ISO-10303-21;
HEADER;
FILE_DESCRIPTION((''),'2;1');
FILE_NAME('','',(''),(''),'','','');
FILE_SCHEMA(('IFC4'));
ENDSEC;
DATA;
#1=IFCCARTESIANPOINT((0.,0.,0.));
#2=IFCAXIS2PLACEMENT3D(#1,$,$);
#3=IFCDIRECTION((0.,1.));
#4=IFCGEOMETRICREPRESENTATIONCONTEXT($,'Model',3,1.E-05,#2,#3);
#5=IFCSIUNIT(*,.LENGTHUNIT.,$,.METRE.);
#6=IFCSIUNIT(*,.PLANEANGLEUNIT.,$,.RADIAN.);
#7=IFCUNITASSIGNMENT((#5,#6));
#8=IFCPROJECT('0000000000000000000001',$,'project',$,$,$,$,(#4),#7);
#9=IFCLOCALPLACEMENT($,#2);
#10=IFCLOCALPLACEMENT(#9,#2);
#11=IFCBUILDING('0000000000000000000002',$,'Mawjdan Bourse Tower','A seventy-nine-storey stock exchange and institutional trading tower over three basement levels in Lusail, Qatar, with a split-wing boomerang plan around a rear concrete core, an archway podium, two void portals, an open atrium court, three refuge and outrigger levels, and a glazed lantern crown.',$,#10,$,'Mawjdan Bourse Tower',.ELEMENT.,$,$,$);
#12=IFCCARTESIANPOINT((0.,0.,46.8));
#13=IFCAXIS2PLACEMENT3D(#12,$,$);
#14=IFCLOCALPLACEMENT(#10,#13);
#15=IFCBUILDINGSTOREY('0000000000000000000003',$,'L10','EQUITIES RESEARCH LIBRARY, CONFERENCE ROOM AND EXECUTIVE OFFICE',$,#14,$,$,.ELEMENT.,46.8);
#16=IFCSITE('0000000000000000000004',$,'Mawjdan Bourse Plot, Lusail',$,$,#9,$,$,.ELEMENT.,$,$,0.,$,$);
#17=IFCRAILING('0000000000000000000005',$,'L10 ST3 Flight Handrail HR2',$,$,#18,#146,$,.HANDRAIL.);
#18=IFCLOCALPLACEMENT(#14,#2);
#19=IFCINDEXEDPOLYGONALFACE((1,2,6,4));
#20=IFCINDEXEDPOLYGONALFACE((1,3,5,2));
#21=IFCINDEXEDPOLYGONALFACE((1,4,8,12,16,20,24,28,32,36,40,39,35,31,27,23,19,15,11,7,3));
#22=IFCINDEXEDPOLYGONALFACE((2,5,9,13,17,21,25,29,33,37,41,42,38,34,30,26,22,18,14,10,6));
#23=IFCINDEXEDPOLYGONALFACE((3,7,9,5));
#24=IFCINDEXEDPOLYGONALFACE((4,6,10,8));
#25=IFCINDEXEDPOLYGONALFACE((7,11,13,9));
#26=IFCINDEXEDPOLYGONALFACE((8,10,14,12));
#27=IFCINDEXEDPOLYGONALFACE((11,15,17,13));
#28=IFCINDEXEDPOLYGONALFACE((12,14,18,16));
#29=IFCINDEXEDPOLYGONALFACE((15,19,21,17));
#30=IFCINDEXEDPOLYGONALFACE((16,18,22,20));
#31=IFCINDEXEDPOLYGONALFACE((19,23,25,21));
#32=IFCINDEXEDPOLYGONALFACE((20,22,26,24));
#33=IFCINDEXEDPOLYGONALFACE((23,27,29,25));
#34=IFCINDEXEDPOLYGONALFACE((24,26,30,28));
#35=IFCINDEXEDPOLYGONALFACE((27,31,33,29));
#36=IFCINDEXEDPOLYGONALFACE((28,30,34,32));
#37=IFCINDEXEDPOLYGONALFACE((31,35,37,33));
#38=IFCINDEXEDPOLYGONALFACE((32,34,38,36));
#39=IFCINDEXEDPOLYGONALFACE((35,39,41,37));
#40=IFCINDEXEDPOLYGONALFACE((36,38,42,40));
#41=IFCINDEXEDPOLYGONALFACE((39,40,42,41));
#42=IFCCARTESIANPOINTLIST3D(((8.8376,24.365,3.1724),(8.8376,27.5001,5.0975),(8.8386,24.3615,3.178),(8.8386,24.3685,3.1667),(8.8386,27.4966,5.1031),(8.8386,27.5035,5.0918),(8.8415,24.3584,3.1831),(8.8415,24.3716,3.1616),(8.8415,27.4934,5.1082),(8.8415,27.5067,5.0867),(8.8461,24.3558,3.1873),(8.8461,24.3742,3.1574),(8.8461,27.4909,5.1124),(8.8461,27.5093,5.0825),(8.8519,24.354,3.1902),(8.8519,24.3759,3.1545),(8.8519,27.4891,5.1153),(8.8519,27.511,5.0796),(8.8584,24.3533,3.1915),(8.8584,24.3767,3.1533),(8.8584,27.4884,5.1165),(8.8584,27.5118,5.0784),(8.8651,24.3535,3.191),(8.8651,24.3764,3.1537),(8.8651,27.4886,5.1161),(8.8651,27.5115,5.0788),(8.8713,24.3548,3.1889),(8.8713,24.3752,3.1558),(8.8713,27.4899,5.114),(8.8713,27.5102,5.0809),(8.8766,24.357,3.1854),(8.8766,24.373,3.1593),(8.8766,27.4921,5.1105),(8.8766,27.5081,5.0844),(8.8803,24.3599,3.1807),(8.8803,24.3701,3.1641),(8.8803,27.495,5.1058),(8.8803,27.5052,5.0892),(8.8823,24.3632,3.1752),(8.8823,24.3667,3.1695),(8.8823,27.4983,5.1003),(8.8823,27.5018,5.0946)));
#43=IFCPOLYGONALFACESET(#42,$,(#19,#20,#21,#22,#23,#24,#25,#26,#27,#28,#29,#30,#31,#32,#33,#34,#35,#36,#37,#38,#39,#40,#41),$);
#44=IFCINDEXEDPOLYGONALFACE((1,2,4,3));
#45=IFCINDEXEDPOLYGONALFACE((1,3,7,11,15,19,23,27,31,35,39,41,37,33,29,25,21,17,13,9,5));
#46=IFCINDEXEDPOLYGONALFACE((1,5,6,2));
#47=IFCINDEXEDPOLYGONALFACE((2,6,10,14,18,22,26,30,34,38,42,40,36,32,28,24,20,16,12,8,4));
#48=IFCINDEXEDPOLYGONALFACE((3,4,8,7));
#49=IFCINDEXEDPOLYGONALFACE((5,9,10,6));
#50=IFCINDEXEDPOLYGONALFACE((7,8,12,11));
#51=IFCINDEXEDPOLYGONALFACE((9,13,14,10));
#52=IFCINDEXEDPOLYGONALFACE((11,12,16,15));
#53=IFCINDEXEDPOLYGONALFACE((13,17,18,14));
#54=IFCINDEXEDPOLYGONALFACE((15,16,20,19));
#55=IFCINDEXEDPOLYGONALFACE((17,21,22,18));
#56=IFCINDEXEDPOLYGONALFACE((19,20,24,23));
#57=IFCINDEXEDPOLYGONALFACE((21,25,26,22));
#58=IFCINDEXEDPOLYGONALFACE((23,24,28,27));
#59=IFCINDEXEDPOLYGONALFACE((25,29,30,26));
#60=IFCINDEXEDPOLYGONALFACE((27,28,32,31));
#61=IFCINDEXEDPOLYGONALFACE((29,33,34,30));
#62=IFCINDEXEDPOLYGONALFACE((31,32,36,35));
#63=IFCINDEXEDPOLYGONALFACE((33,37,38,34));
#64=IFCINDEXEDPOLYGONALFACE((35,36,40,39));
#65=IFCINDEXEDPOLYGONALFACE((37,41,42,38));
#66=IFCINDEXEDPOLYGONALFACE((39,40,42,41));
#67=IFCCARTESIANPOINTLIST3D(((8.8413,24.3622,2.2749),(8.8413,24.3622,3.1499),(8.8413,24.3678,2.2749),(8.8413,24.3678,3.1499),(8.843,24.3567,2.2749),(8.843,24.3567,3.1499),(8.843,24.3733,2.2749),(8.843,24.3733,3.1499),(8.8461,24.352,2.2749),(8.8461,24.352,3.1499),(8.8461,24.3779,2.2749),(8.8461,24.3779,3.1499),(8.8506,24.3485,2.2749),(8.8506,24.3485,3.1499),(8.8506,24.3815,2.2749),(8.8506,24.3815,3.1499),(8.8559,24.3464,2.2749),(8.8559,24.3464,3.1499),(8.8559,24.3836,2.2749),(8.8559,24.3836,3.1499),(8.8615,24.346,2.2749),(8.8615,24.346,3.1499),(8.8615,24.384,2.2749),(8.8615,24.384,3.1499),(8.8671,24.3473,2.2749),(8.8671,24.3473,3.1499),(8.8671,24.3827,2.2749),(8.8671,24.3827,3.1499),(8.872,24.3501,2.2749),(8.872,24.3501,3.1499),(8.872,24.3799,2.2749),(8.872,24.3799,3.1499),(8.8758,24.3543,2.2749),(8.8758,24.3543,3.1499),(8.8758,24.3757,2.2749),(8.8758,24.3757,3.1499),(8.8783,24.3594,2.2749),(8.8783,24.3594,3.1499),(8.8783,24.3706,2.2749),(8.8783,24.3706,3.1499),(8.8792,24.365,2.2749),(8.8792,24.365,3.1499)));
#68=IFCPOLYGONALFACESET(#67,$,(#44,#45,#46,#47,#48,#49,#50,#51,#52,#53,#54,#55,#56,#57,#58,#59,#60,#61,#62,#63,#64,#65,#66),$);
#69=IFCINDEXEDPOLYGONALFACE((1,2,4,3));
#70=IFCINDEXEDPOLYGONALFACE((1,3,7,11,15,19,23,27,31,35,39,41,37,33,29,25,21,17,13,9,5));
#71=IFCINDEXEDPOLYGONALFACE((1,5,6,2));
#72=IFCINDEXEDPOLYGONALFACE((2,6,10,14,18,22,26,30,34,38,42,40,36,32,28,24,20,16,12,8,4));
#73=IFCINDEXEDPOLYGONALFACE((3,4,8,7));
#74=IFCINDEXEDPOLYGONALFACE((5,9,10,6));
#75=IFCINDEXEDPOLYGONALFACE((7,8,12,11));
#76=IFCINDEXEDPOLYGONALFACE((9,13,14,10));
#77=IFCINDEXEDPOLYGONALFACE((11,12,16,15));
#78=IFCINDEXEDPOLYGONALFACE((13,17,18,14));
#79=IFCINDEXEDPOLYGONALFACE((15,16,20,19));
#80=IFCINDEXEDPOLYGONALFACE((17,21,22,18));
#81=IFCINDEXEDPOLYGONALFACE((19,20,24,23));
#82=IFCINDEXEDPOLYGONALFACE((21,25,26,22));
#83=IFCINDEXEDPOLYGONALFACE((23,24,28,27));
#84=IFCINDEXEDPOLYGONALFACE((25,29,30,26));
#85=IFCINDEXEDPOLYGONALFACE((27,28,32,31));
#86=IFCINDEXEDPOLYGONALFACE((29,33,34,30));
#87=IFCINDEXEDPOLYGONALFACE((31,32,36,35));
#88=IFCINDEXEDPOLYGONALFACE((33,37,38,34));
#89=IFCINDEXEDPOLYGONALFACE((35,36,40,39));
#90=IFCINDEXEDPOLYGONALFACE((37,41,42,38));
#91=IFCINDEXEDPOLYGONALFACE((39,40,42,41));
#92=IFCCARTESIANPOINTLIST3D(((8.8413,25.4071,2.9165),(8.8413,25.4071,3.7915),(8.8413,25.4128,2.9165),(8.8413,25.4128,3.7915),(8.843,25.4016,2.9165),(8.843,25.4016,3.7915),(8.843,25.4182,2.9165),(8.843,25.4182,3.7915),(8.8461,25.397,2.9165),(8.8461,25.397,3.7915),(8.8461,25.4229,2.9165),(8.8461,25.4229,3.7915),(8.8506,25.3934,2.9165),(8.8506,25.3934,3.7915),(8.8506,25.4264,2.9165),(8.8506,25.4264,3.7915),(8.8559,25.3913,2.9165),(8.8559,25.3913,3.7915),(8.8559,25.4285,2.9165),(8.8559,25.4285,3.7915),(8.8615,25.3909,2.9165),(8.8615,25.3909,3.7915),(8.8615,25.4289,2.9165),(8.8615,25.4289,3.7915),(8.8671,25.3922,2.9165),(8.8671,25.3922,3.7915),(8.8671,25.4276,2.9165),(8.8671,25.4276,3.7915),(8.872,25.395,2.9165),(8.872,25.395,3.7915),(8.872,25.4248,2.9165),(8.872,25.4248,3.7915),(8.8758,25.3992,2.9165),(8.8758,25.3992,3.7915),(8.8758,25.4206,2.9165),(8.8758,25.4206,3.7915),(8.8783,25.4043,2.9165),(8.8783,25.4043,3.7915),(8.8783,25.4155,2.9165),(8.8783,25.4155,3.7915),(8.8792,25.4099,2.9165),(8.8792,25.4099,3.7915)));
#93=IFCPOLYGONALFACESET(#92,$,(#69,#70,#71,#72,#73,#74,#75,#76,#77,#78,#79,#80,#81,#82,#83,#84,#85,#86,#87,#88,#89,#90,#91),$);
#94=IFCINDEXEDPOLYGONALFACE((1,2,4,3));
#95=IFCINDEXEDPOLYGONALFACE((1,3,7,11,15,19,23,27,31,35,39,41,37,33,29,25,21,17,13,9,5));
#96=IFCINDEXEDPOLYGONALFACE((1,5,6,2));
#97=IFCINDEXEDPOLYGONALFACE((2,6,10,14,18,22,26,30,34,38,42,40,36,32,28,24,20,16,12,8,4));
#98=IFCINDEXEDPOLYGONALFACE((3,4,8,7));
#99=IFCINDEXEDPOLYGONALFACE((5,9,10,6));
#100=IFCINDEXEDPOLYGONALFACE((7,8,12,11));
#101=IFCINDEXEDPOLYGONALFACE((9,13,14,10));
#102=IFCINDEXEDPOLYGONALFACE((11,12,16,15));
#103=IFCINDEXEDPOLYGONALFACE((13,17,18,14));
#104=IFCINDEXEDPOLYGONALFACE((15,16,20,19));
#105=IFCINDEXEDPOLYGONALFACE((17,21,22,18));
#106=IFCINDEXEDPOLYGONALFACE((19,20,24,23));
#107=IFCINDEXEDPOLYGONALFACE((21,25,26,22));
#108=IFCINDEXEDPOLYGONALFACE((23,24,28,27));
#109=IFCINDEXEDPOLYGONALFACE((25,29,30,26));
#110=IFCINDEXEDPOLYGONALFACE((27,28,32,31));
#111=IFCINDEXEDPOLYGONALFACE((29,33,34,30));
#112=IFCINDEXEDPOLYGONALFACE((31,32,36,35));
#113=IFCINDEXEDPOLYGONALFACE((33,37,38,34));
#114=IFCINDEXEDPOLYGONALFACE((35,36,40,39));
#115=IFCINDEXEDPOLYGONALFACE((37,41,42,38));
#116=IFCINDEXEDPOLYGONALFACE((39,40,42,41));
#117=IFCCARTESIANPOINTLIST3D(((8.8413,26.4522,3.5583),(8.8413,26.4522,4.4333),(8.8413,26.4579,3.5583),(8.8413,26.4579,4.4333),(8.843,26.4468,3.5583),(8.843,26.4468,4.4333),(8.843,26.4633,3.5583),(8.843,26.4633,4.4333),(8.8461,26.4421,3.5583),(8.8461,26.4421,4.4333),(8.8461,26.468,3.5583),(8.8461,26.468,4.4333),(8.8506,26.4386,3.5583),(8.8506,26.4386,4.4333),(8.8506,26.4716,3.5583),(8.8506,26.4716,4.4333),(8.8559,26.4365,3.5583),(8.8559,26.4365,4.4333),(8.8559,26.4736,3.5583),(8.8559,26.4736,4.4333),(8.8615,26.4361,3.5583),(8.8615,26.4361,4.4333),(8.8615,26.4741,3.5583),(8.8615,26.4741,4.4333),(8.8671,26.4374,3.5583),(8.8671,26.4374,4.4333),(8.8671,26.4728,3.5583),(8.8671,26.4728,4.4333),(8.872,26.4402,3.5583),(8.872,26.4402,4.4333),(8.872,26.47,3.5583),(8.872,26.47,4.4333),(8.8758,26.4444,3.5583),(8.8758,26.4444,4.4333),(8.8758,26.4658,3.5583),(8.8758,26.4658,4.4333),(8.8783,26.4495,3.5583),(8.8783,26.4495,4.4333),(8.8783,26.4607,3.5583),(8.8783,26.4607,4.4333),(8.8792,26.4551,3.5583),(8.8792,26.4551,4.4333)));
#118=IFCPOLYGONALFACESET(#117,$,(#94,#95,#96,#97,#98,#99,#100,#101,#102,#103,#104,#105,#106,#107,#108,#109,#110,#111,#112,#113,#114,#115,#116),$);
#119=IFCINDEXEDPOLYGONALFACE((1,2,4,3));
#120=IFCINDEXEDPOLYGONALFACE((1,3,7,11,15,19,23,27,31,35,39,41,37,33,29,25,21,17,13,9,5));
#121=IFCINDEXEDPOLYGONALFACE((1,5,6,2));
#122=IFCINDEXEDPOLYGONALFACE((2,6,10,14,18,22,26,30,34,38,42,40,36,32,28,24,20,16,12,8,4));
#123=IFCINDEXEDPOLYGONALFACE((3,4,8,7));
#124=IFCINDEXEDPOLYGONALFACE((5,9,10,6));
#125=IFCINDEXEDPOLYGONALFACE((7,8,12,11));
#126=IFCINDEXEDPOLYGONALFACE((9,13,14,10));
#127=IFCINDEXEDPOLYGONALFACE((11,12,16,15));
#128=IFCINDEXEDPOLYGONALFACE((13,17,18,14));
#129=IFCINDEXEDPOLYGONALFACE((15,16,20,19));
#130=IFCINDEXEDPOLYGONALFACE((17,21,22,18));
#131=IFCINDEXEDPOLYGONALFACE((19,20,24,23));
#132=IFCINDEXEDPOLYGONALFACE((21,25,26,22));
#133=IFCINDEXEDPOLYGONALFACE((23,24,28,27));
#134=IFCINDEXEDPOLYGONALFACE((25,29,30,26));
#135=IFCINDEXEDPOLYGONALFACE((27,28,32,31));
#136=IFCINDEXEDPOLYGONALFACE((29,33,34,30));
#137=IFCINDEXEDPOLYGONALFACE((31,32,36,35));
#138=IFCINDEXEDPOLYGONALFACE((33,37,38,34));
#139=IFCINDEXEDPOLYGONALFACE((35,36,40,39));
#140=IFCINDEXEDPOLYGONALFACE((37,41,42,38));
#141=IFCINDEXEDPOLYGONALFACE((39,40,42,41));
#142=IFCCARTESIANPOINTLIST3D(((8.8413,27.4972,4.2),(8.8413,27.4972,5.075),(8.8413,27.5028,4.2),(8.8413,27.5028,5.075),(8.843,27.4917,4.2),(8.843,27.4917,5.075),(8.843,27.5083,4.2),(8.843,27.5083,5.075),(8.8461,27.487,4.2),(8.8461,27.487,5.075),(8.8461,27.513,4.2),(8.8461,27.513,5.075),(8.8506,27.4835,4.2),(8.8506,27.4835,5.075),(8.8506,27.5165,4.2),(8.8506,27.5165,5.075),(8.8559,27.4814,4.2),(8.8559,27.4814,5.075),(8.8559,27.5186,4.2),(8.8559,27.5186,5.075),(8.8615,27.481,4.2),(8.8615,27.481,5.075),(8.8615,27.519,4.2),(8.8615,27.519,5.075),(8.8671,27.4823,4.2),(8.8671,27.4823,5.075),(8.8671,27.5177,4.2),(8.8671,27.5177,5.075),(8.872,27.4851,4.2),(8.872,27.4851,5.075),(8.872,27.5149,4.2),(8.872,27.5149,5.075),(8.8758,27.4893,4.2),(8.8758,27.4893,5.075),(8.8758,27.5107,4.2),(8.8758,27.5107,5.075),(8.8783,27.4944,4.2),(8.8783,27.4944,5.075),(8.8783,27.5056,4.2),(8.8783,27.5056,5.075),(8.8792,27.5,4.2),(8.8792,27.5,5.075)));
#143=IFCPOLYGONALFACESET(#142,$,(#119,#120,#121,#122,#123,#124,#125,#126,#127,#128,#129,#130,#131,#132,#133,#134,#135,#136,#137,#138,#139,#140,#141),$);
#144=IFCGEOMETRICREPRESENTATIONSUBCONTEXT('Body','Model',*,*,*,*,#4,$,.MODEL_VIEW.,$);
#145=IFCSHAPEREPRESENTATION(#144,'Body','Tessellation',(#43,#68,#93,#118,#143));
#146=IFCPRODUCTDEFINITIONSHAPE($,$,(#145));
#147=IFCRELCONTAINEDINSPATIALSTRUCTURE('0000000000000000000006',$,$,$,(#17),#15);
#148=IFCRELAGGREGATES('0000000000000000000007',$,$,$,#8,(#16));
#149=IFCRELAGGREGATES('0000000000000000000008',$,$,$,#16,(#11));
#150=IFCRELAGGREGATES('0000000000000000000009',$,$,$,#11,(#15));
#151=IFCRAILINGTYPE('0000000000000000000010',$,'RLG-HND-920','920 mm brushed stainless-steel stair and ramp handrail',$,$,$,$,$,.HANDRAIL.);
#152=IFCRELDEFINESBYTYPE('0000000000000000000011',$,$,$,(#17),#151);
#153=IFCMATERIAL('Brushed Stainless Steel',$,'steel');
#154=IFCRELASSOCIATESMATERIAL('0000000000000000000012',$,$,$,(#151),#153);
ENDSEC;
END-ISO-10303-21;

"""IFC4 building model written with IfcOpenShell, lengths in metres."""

from ifc_helpers import new_model, si_unit, direction, frame, origin, origin_2d, place, context, subcontext, project, spatial, circle, extrude, material, type_object, element, save


model = new_model("IFC4")

# Units and contexts
model_context = context("Model", 3, precision=1e-05, world=origin(), true_north=direction((0.0, 1.0)))
body_context = subcontext(model_context, "Body", "Model", "MODEL_VIEW")
ifc_project = project(units=[si_unit("LENGTHUNIT", "METRE"), si_unit("PLANEANGLEUNIT", "RADIAN")], contexts=[model_context])

# Site, building, storey
site_placement = place(None, origin())
site = spatial("IfcSite", under=ifc_project, at=site_placement, Name="Mawjdan Bourse Plot, Lusail", CompositionType="ELEMENT", RefElevation=0.0)
building_placement = place(site_placement, origin())
building = spatial("IfcBuilding", under=site, at=building_placement, Name="Mawjdan Bourse Tower", Description="A seventy-nine-storey stock exchange and institutional trading tower over three basement levels in Lusail, Qatar, with a split-wing boomerang plan around a rear concrete core, an archway podium, two void portals, an open atrium court, three refuge and outrigger levels, and a glazed lantern crown.", LongName="Mawjdan Bourse Tower", CompositionType="ELEMENT")
storey_placement = place(building_placement, frame((0.0, 0.0, 46.8)))
storey = spatial("IfcBuildingStorey", under=building, at=storey_placement, Name="L10", Description="EQUITIES RESEARCH LIBRARY, CONFERENCE ROOM AND EXECUTIVE OFFICE", CompositionType="ELEMENT", Elevation=46.8)

# Railing
ifc_material_1 = material(Name="Brushed Stainless Steel", Category="steel")
railing_type_1 = type_object("IfcRailingType", Name="RLG-HND-920", Description="920 mm brushed stainless-steel stair and ramp handrail", PredefinedType="HANDRAIL", material=ifc_material_1)
railing_1_placement = place(storey_placement, frame((8.8601, 24.365, 2.2749)))
element("IfcRailing", 1, at=railing_1_placement, inside=storey, type_object=railing_type_1, Name="L10 ST3 Flight Handrail HR2", PredefinedType="HANDRAIL", context=body_context, shape_type="SweptSolid", body=[
    extrude(circle(Radius=0.0225, at=origin_2d()), frame((0.0, 0.0, 0.8975), z_axis=(0.0, 0.852166, 0.523271), x_axis=(-1.0, 0.0, 0.0)), (0.0, 0.0, 1.0), 3.679),
    extrude(circle(Radius=0.019, at=origin_2d()), origin(), (0.0, 0.0, 1.0), 0.875),
    extrude(circle(Radius=0.019, at=origin_2d()), frame((0.0, 1.0449, 0.6416)), (0.0, 0.0, 1.0), 0.875),
    extrude(circle(Radius=0.019, at=origin_2d()), frame((0.0, 2.0901, 1.2834)), (0.0, 0.0, 1.0), 0.875),
    extrude(circle(Radius=0.019, at=origin_2d()), frame((0.0, 3.135, 1.925)), (0.0, 0.0, 1.0), 0.875),
])

save(model, "model.ifc")
